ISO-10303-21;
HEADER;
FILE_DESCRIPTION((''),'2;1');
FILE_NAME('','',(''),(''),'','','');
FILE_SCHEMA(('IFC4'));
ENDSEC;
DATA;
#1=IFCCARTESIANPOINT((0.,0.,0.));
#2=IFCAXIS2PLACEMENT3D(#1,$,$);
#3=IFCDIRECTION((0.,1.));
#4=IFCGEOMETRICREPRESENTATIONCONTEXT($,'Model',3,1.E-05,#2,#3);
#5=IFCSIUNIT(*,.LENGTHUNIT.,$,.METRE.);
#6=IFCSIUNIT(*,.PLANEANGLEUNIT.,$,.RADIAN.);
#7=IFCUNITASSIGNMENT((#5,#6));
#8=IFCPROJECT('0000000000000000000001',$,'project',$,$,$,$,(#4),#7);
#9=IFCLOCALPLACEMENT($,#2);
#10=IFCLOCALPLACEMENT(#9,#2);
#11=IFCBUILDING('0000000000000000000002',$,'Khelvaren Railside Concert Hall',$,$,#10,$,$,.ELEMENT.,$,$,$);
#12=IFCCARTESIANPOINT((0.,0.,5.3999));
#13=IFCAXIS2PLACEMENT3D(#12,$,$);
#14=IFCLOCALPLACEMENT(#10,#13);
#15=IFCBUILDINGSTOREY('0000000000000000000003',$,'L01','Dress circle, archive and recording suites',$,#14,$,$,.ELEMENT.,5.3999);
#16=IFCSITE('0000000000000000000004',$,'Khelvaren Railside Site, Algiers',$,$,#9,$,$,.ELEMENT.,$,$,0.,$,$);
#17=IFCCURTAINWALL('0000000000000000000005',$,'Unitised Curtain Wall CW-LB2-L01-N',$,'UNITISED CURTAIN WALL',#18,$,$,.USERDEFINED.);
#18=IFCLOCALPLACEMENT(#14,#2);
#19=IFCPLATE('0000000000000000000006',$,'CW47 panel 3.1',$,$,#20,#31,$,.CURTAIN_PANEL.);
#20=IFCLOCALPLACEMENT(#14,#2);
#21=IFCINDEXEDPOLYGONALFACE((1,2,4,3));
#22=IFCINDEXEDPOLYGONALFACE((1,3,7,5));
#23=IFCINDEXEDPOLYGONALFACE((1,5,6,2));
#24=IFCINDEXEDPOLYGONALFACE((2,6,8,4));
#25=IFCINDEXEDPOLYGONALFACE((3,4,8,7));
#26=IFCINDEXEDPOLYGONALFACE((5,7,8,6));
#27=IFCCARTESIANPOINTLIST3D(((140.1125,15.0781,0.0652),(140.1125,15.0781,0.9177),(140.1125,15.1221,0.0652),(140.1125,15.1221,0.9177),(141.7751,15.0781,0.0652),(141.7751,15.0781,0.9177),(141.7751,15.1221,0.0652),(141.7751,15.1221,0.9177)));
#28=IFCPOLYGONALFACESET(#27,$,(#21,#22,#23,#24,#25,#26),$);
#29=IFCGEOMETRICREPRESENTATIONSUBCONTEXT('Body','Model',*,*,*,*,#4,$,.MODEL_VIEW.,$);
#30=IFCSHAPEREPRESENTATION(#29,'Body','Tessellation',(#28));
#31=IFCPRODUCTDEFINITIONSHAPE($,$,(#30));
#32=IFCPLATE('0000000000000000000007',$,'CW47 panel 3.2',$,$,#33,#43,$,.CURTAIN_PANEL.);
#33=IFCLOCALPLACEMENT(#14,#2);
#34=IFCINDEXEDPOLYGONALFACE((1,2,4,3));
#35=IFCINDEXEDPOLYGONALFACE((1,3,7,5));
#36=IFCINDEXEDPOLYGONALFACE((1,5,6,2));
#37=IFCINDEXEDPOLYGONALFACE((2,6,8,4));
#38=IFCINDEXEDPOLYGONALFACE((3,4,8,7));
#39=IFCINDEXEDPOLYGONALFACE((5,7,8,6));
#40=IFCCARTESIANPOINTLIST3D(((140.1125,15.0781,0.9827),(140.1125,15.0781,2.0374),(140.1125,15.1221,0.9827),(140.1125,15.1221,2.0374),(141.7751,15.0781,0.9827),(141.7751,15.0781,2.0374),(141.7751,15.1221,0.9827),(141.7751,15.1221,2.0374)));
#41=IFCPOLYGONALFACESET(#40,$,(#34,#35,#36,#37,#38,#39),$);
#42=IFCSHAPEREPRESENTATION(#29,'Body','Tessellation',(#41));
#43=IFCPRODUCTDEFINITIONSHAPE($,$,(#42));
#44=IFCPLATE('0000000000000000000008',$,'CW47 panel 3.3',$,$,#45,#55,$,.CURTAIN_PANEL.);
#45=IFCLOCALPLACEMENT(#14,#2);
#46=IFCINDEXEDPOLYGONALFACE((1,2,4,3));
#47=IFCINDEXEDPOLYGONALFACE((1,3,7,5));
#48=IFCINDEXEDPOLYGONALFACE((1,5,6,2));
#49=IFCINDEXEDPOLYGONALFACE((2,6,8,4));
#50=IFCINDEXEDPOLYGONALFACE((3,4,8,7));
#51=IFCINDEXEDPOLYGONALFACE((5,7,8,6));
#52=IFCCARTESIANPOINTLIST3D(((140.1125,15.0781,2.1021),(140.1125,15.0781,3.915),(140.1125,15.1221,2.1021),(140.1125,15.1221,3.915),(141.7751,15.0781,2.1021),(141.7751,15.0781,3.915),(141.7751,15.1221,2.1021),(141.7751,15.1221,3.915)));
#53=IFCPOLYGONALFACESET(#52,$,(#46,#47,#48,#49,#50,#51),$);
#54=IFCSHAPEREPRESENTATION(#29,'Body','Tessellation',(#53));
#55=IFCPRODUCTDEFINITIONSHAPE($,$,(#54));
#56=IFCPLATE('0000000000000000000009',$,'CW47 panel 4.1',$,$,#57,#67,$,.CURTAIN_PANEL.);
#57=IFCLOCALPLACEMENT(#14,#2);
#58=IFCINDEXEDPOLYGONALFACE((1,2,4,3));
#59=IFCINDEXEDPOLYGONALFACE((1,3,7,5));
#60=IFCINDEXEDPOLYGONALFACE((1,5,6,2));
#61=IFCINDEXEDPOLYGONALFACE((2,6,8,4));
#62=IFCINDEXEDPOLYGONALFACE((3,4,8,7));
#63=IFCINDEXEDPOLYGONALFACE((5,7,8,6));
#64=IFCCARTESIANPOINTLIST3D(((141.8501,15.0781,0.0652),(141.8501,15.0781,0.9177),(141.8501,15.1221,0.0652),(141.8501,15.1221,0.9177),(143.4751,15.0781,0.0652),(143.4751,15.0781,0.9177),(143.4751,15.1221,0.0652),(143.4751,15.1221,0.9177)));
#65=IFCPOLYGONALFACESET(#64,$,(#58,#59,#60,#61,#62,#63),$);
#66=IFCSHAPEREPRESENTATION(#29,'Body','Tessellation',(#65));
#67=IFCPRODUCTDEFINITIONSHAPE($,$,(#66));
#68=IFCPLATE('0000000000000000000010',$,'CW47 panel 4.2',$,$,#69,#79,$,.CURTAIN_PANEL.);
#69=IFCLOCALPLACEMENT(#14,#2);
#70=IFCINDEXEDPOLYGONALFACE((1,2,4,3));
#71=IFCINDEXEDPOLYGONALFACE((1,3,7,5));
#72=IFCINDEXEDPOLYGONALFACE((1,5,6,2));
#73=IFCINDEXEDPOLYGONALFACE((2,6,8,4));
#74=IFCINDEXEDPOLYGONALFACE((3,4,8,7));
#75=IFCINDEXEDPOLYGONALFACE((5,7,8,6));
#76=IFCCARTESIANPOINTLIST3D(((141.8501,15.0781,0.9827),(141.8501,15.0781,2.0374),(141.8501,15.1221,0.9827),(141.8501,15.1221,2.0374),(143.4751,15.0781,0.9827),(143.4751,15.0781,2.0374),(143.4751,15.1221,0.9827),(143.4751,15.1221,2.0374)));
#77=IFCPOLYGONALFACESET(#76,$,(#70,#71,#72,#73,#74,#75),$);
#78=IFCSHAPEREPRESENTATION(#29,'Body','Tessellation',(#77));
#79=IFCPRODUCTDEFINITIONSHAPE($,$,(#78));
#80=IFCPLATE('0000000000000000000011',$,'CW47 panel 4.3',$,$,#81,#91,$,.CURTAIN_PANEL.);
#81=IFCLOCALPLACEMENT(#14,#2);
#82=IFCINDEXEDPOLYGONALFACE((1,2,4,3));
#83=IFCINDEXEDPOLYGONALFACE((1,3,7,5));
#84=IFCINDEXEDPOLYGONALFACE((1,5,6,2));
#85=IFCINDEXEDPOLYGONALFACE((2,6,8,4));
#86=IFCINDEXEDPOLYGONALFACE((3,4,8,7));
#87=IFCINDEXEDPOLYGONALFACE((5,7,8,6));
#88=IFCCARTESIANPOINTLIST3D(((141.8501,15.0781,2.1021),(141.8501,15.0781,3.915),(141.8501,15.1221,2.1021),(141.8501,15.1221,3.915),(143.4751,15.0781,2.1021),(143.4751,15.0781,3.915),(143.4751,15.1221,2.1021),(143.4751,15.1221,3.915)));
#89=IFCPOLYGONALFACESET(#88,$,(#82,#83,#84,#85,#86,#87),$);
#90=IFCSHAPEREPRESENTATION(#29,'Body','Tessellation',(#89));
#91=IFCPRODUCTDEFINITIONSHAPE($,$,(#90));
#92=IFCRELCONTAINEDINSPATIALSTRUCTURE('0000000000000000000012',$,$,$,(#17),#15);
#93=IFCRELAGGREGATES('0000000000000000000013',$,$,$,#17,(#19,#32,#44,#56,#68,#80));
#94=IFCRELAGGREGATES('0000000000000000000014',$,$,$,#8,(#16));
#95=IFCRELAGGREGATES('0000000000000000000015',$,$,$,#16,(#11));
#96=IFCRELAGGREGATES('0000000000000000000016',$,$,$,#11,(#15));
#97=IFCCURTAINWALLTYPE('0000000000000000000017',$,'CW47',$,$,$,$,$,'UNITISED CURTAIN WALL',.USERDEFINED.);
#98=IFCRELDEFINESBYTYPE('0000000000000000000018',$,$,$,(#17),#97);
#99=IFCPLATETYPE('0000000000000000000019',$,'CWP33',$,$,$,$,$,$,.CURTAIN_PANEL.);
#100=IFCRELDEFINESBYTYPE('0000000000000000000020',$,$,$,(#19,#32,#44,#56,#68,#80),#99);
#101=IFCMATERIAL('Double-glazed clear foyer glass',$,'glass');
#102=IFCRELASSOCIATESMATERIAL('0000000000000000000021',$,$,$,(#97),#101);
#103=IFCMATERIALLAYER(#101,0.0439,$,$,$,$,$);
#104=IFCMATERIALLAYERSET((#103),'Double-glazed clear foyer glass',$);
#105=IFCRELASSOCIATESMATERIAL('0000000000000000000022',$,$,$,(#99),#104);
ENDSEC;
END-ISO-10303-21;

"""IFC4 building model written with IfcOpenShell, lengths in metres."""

from ifc_helpers import new_model, si_unit, direction, frame, origin, origin_2d, place, context, subcontext, project, spatial, rectangle, extrude, material, layer, layer_set, type_object, element, aggregate, save


model = new_model("IFC4")

# Units and contexts
model_context = context("Model", 3, precision=1e-05, world=origin(), true_north=direction((0.0, 1.0)))
body_context = subcontext(model_context, "Body", "Model", "MODEL_VIEW")
ifc_project = project(units=[si_unit("LENGTHUNIT", "METRE"), si_unit("PLANEANGLEUNIT", "RADIAN")], contexts=[model_context])

# Site, building, storey
site_placement = place(None, origin())
site = spatial("IfcSite", under=ifc_project, at=site_placement, Name="Khelvaren Railside Site, Algiers", CompositionType="ELEMENT", RefElevation=0.0)
building_placement = place(site_placement, origin())
building = spatial("IfcBuilding", under=site, at=building_placement, Name="Khelvaren Railside Concert Hall", CompositionType="ELEMENT")
storey_placement = place(building_placement, frame((0.0, 0.0, 5.3999)))
storey = spatial("IfcBuildingStorey", under=building, at=storey_placement, Name="L01", Description="Dress circle, archive and recording suites", CompositionType="ELEMENT", Elevation=5.3999)

# Curtain wall
ifc_material_1 = material(Name="Double-glazed clear foyer glass", Category="glass")
curtain_wall_type_1 = type_object("IfcCurtainWallType", Name="CW47", ElementType="UNITISED CURTAIN WALL", PredefinedType="USERDEFINED", material=ifc_material_1)
curtain_wall_1_placement = place(storey_placement, origin())
curtain_wall_1 = element("IfcCurtainWall", 1, at=curtain_wall_1_placement, inside=storey, type_object=curtain_wall_type_1, Name="Unitised Curtain Wall CW-LB2-L01-N", ObjectType="UNITISED CURTAIN WALL", PredefinedType="USERDEFINED")

# Plates
ifc_layer = layer(ifc_material_1, 0.0439)
ifc_layer_set = layer_set([ifc_layer], Name="Double-glazed clear foyer glass")
plate_type = type_object("IfcPlateType", Name="CWP33", PredefinedType="CURTAIN_PANEL", material=ifc_layer_set)
plate_1_placement = place(storey_placement, frame((140.9438, 15.1001, 0.0652), z_axis=(0.0, 0.0, 1.0), x_axis=(1.0, 0.0, 0.0)))
plate_1 = element("IfcPlate", 2, at=plate_1_placement, type_object=plate_type, Name="CW47 panel 3.1", PredefinedType="CURTAIN_PANEL", context=body_context, shape_type="SweptSolid", body=[
    extrude(rectangle(XDim=1.6626, YDim=0.0439, at=origin_2d()), origin(), (0.0, 0.0, 1.0), 0.8525),
])
plate_2_placement = place(storey_placement, frame((140.9438, 15.1001, 0.9827), z_axis=(0.0, 0.0, 1.0), x_axis=(1.0, 0.0, 0.0)))
plate_2 = element("IfcPlate", 3, at=plate_2_placement, type_object=plate_type, Name="CW47 panel 3.2", PredefinedType="CURTAIN_PANEL", context=body_context, shape_type="SweptSolid", body=[
    extrude(rectangle(XDim=1.6626, YDim=0.0439, at=origin_2d()), origin(), (0.0, 0.0, 1.0), 1.0547),
])
plate_3_placement = place(storey_placement, frame((140.9438, 15.1001, 2.1021), z_axis=(0.0, 0.0, 1.0), x_axis=(1.0, 0.0, 0.0)))
plate_3 = element("IfcPlate", 4, at=plate_3_placement, type_object=plate_type, Name="CW47 panel 3.3", PredefinedType="CURTAIN_PANEL", context=body_context, shape_type="SweptSolid", body=[
    extrude(rectangle(XDim=1.6626, YDim=0.0439, at=origin_2d()), origin(), (0.0, 0.0, 1.0), 1.813),
])
plate_4_placement = place(storey_placement, frame((142.6626, 15.1001, 0.0652), z_axis=(0.0, 0.0, 1.0), x_axis=(1.0, 0.0, 0.0)))
plate_4 = element("IfcPlate", 5, at=plate_4_placement, type_object=plate_type, Name="CW47 panel 4.1", PredefinedType="CURTAIN_PANEL", context=body_context, shape_type="SweptSolid", body=[
    extrude(rectangle(XDim=1.625, YDim=0.0439, at=origin_2d()), origin(), (0.0, 0.0, 1.0), 0.8525),
])
plate_5_placement = place(storey_placement, frame((142.6626, 15.1001, 0.9827), z_axis=(0.0, 0.0, 1.0), x_axis=(1.0, 0.0, 0.0)))
plate_5 = element("IfcPlate", 6, at=plate_5_placement, type_object=plate_type, Name="CW47 panel 4.2", PredefinedType="CURTAIN_PANEL", context=body_context, shape_type="SweptSolid", body=[
    extrude(rectangle(XDim=1.625, YDim=0.0439, at=origin_2d()), origin(), (0.0, 0.0, 1.0), 1.0547),
])
plate_6_placement = place(storey_placement, frame((142.6626, 15.1001, 2.1021), z_axis=(0.0, 0.0, 1.0), x_axis=(1.0, 0.0, 0.0)))
plate_6 = element("IfcPlate", 7, at=plate_6_placement, type_object=plate_type, Name="CW47 panel 4.3", PredefinedType="CURTAIN_PANEL", context=body_context, shape_type="SweptSolid", body=[
    extrude(rectangle(XDim=1.625, YDim=0.0439, at=origin_2d()), origin(), (0.0, 0.0, 1.0), 1.813),
])
aggregate(curtain_wall_1, [plate_1, plate_2, plate_3, plate_4, plate_5, plate_6])

save(model, "model.ifc")
